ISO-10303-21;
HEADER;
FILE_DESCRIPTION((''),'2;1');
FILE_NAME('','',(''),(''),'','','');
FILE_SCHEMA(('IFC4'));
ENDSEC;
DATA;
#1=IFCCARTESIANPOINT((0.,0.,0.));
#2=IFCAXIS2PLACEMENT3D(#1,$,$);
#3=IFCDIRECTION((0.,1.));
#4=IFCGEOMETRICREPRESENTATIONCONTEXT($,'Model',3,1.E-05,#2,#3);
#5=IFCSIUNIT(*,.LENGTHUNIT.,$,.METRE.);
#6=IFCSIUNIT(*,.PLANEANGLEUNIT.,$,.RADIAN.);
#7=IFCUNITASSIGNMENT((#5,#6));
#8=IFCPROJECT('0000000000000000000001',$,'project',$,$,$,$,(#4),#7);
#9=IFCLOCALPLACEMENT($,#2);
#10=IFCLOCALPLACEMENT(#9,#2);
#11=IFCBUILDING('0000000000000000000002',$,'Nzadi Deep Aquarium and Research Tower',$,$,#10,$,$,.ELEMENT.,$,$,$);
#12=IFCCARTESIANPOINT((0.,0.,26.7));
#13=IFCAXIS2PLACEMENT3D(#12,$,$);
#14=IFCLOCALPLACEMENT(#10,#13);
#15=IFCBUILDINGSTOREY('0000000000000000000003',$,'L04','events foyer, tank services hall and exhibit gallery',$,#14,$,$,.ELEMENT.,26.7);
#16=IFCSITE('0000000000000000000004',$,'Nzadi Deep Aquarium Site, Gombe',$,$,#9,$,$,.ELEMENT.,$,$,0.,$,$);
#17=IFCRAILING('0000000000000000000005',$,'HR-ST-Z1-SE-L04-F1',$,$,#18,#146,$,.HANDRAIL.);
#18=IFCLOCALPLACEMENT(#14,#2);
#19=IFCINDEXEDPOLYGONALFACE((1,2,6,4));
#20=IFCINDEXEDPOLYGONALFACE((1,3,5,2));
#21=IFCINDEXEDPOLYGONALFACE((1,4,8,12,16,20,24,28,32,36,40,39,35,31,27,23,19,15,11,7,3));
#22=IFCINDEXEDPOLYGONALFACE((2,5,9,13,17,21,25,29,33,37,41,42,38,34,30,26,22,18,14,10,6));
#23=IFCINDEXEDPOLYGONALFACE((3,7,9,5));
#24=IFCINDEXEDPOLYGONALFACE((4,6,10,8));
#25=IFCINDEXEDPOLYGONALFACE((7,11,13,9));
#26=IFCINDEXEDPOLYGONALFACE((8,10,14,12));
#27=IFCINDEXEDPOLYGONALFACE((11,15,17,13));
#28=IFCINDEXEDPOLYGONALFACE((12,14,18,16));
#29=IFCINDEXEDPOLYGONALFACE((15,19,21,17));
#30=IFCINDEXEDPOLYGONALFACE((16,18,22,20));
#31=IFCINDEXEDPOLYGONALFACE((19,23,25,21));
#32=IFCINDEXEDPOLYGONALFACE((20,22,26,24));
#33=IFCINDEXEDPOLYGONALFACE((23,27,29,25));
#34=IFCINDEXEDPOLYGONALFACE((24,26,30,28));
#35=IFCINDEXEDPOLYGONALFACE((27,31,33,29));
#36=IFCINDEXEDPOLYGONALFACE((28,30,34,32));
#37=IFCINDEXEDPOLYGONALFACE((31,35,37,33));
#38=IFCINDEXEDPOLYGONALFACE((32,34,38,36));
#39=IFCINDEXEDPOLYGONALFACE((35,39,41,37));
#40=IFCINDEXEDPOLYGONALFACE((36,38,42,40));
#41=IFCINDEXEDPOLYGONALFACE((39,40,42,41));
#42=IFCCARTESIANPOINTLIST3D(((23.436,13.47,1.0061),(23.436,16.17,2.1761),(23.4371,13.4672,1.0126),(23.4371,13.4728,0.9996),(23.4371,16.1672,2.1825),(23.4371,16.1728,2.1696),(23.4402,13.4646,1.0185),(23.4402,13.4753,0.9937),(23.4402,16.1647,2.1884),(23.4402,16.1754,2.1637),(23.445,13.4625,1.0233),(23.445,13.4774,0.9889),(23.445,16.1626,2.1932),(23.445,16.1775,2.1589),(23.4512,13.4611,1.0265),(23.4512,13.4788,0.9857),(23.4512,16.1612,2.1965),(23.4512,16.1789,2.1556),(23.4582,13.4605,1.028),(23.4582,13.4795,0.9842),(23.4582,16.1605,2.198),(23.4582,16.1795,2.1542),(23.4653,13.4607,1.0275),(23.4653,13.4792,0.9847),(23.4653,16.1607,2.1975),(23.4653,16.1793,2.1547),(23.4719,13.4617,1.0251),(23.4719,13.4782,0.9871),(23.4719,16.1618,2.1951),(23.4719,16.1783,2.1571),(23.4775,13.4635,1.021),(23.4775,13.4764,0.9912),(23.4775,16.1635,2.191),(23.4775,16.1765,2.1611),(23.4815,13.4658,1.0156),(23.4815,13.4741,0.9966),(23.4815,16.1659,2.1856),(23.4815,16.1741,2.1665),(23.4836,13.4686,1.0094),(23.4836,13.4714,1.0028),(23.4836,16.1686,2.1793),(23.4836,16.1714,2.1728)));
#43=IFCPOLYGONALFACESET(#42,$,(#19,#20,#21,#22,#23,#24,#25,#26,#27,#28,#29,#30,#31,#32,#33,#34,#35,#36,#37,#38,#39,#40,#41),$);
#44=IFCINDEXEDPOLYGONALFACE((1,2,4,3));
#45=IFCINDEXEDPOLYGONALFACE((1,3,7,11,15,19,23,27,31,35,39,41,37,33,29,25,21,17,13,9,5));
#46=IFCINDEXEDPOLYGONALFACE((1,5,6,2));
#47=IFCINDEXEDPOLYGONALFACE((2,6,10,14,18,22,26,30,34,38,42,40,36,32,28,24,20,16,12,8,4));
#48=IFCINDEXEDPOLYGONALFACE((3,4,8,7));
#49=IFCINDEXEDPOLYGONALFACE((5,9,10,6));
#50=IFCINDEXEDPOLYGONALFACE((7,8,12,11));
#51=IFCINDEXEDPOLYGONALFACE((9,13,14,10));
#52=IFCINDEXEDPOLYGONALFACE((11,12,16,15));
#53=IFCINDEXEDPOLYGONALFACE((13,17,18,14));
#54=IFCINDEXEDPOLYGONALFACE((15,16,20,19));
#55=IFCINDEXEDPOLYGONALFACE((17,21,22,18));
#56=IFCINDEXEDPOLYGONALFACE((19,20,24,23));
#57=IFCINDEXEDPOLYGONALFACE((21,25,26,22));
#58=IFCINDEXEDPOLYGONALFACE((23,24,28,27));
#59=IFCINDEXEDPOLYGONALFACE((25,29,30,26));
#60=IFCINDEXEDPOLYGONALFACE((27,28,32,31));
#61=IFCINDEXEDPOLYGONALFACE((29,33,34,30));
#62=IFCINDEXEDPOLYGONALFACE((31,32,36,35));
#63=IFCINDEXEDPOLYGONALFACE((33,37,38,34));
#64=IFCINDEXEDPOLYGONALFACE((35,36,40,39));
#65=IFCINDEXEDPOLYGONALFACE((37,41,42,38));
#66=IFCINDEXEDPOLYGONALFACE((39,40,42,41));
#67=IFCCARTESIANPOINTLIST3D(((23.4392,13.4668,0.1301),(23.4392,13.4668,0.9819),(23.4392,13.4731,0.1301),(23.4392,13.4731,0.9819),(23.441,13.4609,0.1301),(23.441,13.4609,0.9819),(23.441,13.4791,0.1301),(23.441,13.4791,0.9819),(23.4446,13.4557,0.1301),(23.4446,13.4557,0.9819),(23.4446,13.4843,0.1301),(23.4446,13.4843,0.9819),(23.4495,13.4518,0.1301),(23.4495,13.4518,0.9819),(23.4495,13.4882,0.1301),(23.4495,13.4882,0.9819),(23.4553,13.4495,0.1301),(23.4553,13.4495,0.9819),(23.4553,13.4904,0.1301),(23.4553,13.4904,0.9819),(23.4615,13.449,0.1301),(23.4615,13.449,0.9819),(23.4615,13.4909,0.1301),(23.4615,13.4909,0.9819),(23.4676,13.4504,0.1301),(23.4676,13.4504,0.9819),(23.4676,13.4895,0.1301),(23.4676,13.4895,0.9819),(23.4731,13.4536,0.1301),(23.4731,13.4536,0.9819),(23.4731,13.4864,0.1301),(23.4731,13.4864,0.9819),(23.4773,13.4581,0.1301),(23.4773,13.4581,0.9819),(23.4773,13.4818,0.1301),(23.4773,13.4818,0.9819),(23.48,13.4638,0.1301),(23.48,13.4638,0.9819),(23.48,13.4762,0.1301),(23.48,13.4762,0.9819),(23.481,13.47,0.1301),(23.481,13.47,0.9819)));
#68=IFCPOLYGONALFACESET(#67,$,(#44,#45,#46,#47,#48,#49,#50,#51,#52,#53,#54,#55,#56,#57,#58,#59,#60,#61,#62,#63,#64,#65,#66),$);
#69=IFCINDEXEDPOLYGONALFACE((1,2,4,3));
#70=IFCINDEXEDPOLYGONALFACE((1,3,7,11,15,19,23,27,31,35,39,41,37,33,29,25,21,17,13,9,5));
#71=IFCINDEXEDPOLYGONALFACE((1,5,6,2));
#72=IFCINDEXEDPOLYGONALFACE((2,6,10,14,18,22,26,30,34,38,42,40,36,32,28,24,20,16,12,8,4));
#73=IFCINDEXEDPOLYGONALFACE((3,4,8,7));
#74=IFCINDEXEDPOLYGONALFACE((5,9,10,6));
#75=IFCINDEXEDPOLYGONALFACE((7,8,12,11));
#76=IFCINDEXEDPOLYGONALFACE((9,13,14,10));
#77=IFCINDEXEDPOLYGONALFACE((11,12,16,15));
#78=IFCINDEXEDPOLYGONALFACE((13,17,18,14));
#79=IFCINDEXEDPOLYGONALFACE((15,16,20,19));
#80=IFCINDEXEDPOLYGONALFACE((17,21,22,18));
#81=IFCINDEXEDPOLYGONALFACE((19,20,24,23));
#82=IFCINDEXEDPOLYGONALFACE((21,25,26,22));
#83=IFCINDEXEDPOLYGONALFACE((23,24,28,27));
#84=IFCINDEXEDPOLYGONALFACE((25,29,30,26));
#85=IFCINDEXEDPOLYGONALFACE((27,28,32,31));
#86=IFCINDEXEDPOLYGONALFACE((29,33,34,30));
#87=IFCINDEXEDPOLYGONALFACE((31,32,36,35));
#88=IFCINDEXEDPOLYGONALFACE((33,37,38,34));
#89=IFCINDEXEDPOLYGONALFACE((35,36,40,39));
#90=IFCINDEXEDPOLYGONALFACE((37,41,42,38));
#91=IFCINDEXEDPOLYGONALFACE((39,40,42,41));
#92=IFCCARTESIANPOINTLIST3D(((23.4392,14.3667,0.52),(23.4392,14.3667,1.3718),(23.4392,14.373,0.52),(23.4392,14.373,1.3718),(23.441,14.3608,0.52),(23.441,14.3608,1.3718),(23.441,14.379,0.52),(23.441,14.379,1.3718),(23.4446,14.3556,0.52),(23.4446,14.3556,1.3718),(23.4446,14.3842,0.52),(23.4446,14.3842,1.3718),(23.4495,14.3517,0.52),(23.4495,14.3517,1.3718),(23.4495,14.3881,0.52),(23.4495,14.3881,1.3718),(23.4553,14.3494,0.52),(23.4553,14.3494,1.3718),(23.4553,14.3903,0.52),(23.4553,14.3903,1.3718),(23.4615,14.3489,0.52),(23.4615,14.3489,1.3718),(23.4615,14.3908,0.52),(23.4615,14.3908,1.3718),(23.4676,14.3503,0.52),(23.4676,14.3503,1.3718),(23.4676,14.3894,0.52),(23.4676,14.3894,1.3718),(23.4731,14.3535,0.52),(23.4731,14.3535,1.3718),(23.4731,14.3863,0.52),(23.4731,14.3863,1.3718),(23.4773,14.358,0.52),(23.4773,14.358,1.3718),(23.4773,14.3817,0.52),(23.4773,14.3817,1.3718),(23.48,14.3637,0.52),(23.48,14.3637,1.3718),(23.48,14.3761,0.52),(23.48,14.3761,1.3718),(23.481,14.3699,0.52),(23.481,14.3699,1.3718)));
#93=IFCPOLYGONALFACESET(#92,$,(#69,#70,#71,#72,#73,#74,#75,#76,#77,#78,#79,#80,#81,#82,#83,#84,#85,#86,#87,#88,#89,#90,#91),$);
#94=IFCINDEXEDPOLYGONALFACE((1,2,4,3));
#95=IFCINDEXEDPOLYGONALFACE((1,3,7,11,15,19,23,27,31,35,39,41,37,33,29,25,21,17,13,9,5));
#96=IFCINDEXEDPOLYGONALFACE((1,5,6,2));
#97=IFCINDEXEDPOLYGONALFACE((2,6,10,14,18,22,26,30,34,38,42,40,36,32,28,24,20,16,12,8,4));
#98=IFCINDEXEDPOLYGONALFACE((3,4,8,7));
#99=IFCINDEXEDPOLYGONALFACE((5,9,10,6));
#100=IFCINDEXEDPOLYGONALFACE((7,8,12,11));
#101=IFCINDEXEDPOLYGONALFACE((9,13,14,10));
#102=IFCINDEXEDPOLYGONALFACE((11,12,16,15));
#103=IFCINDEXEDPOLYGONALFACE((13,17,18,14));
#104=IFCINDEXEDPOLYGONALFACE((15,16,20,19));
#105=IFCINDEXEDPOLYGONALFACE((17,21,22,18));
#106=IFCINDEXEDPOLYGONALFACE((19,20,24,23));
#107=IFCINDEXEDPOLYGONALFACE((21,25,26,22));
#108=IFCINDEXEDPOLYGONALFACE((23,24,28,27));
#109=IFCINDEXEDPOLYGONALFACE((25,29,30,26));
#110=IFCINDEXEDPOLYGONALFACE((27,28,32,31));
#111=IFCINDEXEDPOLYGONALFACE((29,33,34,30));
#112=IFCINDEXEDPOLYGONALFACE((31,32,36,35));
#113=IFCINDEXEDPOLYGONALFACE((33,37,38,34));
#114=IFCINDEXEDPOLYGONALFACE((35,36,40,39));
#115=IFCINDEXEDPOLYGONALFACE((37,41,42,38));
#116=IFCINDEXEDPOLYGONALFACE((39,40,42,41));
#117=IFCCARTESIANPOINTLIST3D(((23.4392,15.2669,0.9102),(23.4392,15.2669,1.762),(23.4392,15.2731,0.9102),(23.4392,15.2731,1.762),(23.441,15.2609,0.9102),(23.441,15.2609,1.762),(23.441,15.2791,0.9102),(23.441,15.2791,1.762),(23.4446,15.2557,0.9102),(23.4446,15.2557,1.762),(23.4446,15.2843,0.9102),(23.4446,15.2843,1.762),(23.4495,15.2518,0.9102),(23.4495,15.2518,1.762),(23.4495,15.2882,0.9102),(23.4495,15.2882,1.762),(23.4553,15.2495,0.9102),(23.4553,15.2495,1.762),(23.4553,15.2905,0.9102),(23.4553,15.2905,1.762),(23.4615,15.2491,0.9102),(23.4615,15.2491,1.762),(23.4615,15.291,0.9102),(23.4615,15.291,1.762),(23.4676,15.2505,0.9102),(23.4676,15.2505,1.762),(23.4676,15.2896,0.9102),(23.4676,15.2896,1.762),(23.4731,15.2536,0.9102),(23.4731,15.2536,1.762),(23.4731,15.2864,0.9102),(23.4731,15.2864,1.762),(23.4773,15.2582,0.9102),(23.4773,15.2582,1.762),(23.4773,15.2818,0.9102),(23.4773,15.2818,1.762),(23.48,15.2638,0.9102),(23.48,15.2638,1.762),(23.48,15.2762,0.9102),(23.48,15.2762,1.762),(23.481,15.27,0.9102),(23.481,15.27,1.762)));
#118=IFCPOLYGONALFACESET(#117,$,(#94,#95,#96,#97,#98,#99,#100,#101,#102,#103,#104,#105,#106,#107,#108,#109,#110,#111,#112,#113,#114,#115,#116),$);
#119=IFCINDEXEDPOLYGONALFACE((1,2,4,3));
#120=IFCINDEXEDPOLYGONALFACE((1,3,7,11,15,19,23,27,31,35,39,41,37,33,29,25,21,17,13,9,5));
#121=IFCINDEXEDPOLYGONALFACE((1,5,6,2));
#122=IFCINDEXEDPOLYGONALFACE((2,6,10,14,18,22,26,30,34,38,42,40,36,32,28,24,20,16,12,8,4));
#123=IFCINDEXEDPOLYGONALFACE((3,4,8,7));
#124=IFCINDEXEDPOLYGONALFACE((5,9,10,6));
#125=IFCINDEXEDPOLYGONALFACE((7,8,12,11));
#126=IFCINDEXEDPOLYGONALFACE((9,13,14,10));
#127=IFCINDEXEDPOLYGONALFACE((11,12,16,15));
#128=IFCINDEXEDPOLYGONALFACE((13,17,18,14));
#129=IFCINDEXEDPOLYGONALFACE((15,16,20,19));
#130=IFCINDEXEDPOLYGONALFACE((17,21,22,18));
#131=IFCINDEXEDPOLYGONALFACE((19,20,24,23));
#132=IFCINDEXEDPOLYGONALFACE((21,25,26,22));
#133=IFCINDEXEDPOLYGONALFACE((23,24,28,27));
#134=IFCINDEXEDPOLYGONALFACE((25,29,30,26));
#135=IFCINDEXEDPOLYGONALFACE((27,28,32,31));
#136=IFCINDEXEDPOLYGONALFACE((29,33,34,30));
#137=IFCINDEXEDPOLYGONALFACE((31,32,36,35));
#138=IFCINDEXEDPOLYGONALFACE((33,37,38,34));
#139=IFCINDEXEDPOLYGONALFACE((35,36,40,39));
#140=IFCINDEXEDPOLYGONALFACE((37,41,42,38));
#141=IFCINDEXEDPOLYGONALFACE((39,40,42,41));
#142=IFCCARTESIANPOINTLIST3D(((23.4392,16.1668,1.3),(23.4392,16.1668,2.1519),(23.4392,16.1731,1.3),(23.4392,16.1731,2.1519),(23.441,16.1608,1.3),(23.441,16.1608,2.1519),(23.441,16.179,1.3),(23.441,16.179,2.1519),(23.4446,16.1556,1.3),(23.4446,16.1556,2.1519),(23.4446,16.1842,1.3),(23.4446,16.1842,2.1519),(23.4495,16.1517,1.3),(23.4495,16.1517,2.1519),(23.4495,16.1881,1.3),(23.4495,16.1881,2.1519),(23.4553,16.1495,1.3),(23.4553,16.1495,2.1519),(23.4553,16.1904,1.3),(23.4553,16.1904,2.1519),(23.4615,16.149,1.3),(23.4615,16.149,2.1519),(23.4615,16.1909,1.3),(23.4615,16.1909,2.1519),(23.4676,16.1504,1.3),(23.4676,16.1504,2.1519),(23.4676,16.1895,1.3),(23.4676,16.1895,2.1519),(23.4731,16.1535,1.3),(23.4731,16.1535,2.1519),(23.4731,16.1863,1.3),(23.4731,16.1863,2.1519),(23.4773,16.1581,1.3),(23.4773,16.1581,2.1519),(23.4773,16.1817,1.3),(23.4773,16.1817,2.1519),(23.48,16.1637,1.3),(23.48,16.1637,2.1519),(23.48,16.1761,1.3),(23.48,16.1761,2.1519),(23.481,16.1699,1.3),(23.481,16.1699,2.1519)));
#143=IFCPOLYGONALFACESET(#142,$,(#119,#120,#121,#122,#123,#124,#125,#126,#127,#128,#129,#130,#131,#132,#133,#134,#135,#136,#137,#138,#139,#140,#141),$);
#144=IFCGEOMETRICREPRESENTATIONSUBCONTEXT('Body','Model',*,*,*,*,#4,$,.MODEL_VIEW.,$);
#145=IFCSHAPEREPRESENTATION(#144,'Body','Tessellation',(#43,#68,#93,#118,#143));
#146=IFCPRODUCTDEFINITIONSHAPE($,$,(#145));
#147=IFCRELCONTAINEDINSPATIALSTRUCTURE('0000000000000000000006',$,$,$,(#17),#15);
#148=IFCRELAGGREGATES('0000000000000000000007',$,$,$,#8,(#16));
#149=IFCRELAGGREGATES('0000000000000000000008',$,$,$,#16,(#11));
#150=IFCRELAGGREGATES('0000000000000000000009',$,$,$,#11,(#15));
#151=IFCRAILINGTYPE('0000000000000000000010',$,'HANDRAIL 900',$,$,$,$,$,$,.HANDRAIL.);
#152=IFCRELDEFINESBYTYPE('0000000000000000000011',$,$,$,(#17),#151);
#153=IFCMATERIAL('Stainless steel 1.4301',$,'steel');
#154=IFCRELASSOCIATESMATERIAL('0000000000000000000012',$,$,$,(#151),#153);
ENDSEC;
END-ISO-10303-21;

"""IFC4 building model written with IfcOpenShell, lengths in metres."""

from ifc_helpers import new_model, si_unit, direction, frame, origin, origin_2d, place, context, subcontext, project, spatial, circle, extrude, material, type_object, element, save


model = new_model("IFC4")

# Units and contexts
model_context = context("Model", 3, precision=1e-05, world=origin(), true_north=direction((0.0, 1.0)))
body_context = subcontext(model_context, "Body", "Model", "MODEL_VIEW")
ifc_project = project(units=[si_unit("LENGTHUNIT", "METRE"), si_unit("PLANEANGLEUNIT", "RADIAN")], contexts=[model_context])

# Site, building, storey
site_placement = place(None, origin())
site = spatial("IfcSite", under=ifc_project, at=site_placement, Name="Nzadi Deep Aquarium Site, Gombe", CompositionType="ELEMENT", RefElevation=0.0)
building_placement = place(site_placement, origin())
building = spatial("IfcBuilding", under=site, at=building_placement, Name="Nzadi Deep Aquarium and Research Tower", CompositionType="ELEMENT")
storey_placement = place(building_placement, frame((0.0, 0.0, 26.7)))
storey = spatial("IfcBuildingStorey", under=building, at=storey_placement, Name="L04", Description="events foyer, tank services hall and exhibit gallery", CompositionType="ELEMENT", Elevation=26.7)

# Railing
ifc_material_1 = material(Name="Stainless steel 1.4301", Category="steel")
railing_type = type_object("IfcRailingType", Name="HANDRAIL 900", PredefinedType="HANDRAIL", material=ifc_material_1)
for number, where, name in (
    (1, (23.46, 13.47, 0.1301), "HR-ST-Z1-SE-L04-F1"),
):
    element("IfcRailing", number, at=place(storey_placement, frame(where)), inside=storey, type_object=railing_type, Name=name, PredefinedType="HANDRAIL", context=body_context, shape_type="SweptSolid", body=[
        extrude(circle(Radius=0.0239, at=origin_2d()), frame((0.0, 0.0, 0.876), z_axis=(0.0, 0.917563, 0.397591), x_axis=(-1.0, 0.0, 0.0)), (0.0, 0.0, 1.0), 2.9426),
        extrude(circle(Radius=0.021, at=origin_2d()), origin(), (0.0, 0.0, 1.0), 0.8518),
        extrude(circle(Radius=0.021, at=origin_2d()), frame((0.0, 0.8999, 0.3899)), (0.0, 0.0, 1.0), 0.8518),
        extrude(circle(Radius=0.021, at=origin_2d()), frame((0.0, 1.8, 0.78)), (0.0, 0.0, 1.0), 0.8518),
        extrude(circle(Radius=0.021, at=origin_2d()), frame((0.0, 2.7, 1.1699)), (0.0, 0.0, 1.0), 0.8518),
    ])

save(model, "model.ifc")
